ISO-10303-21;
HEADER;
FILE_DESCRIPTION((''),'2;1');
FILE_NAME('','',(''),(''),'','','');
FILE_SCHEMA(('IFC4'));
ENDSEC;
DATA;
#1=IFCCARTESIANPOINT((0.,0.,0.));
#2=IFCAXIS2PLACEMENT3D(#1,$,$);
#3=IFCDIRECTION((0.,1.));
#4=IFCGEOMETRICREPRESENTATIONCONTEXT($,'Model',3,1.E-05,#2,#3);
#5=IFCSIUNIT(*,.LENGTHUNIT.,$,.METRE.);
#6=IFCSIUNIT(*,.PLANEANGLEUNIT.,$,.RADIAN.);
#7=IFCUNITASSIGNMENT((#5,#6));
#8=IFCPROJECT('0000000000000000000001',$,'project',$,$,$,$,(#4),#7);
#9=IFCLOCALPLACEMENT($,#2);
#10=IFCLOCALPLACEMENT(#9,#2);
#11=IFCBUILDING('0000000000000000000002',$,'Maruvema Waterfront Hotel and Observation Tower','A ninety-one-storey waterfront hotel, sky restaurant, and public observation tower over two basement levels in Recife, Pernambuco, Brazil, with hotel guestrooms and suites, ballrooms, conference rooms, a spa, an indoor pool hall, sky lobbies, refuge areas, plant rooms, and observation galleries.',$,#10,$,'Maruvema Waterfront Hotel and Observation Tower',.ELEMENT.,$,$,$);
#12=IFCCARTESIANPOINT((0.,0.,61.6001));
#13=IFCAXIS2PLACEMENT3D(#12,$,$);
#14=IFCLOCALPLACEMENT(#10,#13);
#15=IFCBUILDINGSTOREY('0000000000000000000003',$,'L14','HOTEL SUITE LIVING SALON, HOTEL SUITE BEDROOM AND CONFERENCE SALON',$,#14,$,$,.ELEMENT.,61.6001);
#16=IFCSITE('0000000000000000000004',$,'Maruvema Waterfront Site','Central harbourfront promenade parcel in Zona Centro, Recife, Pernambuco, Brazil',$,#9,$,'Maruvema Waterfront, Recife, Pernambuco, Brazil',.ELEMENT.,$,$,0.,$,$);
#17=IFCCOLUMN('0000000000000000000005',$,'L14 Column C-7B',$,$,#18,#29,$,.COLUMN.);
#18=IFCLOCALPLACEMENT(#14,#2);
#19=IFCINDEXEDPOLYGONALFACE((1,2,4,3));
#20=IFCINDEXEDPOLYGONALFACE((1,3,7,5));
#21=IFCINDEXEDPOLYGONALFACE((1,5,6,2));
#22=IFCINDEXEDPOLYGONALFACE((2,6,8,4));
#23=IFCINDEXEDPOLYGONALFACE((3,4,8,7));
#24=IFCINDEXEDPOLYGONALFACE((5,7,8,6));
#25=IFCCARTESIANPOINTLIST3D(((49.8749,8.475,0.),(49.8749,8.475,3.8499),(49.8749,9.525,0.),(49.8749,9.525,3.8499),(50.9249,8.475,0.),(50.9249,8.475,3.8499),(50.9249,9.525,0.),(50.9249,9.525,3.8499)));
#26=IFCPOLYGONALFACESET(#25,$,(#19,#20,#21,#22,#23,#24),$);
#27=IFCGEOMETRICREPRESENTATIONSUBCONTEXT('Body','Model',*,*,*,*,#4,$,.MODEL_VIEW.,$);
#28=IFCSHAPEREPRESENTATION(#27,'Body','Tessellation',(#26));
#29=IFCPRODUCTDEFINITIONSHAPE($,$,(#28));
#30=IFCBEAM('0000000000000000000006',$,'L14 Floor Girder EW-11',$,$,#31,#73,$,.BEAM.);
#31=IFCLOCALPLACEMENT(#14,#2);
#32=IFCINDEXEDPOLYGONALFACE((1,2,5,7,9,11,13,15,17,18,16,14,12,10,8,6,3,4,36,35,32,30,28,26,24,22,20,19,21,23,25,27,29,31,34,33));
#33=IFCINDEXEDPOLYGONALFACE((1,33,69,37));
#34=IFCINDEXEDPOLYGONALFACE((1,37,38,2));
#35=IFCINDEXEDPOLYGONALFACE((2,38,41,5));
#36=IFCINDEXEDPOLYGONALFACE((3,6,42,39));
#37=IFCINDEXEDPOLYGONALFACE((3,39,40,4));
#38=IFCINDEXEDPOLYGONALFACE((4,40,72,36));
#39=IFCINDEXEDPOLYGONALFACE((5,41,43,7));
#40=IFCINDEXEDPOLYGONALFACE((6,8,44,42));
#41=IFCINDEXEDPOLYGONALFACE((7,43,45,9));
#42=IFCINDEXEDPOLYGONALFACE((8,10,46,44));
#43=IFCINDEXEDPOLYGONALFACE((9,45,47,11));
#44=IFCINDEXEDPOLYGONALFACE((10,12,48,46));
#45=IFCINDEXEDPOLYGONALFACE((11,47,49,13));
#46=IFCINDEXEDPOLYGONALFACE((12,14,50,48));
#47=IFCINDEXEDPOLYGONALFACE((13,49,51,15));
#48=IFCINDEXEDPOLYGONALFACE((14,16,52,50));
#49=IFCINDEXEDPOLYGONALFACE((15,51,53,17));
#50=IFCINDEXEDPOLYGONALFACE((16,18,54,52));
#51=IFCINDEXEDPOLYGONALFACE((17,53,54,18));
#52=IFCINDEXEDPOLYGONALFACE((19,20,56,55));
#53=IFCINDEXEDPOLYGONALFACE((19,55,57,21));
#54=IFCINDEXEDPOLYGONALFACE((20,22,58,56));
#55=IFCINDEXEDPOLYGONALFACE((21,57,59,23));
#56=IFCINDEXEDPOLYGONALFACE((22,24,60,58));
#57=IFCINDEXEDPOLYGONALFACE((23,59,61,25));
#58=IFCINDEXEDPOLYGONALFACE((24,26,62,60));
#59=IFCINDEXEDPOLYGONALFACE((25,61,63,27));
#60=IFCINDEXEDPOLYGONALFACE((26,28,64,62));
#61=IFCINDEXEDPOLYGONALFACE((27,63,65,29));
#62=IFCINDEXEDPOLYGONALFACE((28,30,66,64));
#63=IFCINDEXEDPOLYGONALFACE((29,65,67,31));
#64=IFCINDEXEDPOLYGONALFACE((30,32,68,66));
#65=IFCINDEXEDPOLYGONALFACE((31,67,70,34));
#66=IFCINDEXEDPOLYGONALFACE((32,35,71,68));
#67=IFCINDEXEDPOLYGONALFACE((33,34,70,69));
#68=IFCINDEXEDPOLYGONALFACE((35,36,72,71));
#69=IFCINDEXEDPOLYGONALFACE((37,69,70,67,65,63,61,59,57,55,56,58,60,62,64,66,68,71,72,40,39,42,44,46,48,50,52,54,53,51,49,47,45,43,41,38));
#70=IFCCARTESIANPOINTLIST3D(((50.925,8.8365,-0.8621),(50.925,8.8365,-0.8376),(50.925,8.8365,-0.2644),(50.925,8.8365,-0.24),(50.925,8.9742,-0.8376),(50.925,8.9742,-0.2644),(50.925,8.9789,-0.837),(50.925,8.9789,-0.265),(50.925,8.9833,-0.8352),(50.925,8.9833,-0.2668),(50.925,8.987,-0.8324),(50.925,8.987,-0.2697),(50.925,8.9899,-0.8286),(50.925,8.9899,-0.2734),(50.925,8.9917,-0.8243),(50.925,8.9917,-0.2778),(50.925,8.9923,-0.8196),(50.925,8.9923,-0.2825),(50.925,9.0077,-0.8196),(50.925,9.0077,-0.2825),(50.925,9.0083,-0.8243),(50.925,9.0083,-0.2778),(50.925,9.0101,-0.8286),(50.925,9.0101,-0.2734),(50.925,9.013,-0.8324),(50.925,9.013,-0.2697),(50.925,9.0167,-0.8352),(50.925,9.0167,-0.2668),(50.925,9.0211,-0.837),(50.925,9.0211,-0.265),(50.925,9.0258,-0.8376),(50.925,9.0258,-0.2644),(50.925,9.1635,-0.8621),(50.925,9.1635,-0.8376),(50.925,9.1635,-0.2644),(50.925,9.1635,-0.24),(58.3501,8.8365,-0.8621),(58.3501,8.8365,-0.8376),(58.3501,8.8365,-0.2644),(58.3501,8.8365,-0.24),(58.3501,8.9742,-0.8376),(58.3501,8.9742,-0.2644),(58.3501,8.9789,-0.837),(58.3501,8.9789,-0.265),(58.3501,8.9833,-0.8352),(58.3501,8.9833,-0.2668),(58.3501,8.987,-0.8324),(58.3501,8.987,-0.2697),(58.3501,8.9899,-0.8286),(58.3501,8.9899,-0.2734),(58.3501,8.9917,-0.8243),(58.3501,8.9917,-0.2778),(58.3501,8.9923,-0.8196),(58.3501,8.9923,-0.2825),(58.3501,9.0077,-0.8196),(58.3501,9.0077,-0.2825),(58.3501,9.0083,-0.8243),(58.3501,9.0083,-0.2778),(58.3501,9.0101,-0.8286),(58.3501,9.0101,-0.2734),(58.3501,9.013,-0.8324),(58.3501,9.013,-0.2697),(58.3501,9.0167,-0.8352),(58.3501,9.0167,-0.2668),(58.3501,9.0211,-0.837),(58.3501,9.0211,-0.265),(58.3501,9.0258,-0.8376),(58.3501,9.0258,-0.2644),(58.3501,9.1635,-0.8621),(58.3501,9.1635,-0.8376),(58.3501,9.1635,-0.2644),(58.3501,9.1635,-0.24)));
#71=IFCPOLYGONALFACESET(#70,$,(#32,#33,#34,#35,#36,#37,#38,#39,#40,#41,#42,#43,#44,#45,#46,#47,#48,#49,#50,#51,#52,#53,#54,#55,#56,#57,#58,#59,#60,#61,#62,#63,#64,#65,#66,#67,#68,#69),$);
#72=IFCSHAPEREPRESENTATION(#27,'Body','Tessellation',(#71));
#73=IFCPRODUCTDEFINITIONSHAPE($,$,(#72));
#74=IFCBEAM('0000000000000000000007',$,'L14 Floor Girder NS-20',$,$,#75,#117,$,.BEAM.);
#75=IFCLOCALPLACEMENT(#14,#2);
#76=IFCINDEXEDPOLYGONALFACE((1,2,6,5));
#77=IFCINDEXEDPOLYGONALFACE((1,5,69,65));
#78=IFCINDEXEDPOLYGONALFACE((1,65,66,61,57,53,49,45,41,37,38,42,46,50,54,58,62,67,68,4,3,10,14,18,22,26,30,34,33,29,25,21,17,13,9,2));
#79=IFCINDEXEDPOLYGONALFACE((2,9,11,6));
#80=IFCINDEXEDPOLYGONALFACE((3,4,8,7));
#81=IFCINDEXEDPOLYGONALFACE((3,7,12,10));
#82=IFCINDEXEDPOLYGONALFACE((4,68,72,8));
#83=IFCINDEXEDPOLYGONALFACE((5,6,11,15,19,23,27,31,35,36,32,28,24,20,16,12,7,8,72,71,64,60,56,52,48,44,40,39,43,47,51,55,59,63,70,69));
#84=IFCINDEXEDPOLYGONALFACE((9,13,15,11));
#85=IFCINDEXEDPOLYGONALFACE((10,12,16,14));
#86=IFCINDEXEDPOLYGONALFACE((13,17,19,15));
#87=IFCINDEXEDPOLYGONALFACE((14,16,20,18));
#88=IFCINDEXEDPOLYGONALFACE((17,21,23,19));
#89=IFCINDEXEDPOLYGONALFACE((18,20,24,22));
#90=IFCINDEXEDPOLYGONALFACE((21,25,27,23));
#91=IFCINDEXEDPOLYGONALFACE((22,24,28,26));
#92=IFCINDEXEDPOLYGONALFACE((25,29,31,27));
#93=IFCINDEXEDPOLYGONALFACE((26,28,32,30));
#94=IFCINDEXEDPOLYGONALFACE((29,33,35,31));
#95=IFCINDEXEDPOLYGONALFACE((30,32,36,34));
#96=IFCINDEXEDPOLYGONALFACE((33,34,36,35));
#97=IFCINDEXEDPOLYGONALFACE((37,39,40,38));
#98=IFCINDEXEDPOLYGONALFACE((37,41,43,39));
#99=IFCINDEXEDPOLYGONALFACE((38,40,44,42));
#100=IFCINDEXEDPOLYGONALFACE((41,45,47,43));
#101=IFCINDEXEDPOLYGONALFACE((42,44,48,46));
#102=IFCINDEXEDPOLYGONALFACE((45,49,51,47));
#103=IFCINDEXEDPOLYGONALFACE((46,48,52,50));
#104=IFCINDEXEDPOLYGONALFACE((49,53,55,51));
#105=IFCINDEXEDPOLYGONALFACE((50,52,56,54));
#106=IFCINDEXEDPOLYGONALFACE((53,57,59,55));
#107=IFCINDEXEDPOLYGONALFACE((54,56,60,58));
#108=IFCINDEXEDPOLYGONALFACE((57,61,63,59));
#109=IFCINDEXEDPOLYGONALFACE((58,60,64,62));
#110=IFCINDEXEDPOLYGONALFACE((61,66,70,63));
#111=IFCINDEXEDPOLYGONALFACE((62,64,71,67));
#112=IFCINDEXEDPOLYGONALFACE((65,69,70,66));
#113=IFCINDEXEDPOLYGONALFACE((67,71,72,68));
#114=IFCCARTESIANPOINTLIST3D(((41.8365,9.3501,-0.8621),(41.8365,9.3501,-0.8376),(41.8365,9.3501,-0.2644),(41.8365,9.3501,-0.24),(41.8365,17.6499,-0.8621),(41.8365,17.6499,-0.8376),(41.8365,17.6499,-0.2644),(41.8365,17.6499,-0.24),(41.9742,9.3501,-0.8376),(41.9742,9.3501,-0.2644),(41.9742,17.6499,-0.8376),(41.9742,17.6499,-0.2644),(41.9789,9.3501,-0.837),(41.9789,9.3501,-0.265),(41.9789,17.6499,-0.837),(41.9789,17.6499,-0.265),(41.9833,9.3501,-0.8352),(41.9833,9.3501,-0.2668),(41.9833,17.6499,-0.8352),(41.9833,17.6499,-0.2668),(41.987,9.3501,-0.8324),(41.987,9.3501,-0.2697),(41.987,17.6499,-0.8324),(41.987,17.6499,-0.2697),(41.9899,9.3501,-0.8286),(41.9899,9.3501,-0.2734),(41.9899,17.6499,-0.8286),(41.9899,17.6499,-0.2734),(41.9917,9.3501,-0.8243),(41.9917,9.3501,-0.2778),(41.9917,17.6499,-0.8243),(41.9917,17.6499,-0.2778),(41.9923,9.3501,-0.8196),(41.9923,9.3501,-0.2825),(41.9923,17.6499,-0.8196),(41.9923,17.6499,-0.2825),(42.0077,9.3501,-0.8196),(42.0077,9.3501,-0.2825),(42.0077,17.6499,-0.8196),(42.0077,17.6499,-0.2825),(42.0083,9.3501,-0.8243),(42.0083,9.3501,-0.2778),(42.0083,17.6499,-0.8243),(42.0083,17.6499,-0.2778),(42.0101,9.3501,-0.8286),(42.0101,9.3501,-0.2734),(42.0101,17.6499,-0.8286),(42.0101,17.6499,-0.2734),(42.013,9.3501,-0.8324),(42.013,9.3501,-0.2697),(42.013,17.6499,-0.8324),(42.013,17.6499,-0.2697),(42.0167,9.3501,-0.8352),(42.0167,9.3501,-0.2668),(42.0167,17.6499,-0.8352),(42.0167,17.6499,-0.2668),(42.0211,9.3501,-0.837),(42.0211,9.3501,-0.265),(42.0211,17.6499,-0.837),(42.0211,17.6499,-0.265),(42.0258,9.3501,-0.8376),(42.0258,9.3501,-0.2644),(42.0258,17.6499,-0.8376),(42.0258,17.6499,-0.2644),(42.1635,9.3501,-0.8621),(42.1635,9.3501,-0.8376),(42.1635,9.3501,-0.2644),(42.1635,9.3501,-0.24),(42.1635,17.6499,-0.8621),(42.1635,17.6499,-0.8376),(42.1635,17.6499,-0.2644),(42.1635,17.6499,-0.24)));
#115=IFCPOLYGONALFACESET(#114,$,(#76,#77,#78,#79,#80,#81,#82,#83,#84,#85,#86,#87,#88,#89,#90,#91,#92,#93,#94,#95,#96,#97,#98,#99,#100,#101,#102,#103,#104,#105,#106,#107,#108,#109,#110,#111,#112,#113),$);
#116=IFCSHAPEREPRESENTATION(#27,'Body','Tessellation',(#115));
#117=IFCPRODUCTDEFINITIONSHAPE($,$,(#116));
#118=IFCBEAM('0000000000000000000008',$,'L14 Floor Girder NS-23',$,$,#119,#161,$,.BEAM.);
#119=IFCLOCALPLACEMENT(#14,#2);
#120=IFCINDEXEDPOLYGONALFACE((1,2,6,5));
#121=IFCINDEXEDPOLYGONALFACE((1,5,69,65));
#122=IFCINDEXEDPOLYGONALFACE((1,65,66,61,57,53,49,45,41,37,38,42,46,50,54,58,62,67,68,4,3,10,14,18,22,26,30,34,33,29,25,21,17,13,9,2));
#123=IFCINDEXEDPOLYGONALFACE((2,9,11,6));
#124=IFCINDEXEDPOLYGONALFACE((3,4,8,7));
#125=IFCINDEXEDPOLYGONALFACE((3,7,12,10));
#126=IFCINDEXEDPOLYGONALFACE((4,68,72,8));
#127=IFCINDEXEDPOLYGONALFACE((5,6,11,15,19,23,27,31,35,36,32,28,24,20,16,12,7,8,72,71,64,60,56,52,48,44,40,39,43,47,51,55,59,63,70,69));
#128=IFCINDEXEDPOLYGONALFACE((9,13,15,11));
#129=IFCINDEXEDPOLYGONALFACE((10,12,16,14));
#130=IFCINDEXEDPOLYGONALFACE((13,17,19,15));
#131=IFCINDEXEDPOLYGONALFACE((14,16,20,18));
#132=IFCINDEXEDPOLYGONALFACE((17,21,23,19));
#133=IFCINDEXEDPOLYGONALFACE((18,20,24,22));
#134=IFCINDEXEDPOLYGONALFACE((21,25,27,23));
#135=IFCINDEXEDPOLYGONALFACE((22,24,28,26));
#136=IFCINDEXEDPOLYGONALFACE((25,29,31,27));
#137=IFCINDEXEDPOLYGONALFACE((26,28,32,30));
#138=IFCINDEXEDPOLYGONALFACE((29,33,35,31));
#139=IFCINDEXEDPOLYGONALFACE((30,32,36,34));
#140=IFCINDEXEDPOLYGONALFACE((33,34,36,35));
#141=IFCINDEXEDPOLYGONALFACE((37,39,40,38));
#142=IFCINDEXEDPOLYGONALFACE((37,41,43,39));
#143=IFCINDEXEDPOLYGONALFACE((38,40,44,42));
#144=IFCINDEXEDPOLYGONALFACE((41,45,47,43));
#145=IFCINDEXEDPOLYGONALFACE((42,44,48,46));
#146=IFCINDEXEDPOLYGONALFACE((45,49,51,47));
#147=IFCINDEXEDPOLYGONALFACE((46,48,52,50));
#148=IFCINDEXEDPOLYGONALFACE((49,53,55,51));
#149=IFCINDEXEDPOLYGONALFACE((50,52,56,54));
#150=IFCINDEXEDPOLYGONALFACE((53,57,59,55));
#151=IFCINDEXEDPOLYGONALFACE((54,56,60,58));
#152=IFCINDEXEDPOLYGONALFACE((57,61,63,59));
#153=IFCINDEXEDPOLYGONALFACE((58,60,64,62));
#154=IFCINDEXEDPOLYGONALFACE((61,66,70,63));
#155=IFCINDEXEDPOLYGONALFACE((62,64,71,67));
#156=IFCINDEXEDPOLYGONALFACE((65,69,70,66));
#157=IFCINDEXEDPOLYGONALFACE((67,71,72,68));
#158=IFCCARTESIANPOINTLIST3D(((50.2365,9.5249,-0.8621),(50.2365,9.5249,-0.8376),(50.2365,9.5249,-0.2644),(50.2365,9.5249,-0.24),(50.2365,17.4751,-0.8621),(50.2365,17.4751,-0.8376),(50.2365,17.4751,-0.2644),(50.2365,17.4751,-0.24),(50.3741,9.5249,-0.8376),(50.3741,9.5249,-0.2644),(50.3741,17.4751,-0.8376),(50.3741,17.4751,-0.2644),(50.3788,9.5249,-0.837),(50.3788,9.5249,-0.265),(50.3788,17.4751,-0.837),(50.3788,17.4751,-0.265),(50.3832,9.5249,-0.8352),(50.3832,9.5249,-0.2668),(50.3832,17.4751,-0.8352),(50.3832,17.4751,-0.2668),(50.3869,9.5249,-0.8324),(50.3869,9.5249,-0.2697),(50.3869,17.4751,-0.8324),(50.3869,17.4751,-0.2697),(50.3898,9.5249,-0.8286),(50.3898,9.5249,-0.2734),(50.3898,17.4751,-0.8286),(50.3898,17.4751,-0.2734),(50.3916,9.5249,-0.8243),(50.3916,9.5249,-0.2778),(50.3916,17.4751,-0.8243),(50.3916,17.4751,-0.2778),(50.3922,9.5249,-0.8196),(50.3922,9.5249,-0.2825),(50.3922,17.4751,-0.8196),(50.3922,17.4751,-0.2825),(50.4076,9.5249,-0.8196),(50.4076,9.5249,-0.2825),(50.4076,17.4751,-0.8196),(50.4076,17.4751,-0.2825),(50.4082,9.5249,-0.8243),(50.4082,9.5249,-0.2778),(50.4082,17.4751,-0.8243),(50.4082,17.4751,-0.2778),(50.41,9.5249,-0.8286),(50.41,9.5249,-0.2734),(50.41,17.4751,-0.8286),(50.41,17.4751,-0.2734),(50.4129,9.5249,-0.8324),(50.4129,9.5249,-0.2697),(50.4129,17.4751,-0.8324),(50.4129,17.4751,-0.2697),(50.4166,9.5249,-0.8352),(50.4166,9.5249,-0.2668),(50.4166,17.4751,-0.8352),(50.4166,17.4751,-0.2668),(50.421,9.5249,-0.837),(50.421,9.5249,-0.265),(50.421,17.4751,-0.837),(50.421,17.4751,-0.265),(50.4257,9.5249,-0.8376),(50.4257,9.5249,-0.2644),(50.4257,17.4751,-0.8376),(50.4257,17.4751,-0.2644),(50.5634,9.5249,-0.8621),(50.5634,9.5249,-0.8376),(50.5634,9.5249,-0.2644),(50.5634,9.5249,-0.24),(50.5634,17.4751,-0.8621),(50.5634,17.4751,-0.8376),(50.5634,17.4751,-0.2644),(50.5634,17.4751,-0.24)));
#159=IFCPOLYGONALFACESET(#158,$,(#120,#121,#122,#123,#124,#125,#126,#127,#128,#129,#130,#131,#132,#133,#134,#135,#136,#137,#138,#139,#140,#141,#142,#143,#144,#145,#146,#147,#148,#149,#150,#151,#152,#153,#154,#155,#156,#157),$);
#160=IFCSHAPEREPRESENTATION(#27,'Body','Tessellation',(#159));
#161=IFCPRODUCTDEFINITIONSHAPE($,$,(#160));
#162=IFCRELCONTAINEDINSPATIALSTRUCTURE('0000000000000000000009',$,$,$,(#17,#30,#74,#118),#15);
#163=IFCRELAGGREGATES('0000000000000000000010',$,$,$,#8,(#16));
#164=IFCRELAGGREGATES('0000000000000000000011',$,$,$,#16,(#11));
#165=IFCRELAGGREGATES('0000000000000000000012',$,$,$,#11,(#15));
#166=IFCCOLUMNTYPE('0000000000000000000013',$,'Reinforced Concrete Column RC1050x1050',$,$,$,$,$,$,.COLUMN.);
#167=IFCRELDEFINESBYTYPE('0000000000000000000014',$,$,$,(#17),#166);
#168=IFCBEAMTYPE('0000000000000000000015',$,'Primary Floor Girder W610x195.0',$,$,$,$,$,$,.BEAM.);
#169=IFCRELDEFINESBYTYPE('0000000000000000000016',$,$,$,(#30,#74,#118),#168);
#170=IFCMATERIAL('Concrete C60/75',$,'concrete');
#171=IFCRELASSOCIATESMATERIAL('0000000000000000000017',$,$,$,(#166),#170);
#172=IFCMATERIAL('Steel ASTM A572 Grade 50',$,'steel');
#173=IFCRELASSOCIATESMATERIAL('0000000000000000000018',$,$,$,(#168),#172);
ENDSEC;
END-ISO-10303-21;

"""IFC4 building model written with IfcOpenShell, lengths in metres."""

from ifc_helpers import new_model, si_unit, direction, frame, origin, origin_2d, place, context, subcontext, project, spatial, rectangle, i_section, extrude, material, material_profile, profile_set, type_object, element, save


model = new_model("IFC4")

# Units and contexts
model_context = context("Model", 3, precision=1e-05, world=origin(), true_north=direction((0.0, 1.0)))
body_context = subcontext(model_context, "Body", "Model", "MODEL_VIEW")
ifc_project = project(units=[si_unit("LENGTHUNIT", "METRE"), si_unit("PLANEANGLEUNIT", "RADIAN")], contexts=[model_context])

# Site, building, storey
site_placement = place(None, origin())
site = spatial("IfcSite", under=ifc_project, at=site_placement, Name="Maruvema Waterfront Site", Description="Central harbourfront promenade parcel in Zona Centro, Recife, Pernambuco, Brazil", LongName="Maruvema Waterfront, Recife, Pernambuco, Brazil", CompositionType="ELEMENT", RefElevation=0.0)
building_placement = place(site_placement, origin())
building = spatial("IfcBuilding", under=site, at=building_placement, Name="Maruvema Waterfront Hotel and Observation Tower", Description="A ninety-one-storey waterfront hotel, sky restaurant, and public observation tower over two basement levels in Recife, Pernambuco, Brazil, with hotel guestrooms and suites, ballrooms, conference rooms, a spa, an indoor pool hall, sky lobbies, refuge areas, plant rooms, and observation galleries.", LongName="Maruvema Waterfront Hotel and Observation Tower", CompositionType="ELEMENT")
storey_placement = place(building_placement, frame((0.0, 0.0, 61.6001)))
storey = spatial("IfcBuildingStorey", under=building, at=storey_placement, Name="L14", Description="HOTEL SUITE LIVING SALON, HOTEL SUITE BEDROOM AND CONFERENCE SALON", CompositionType="ELEMENT", Elevation=61.6001)

# Column
ifc_material_1 = material(Name="Concrete C60/75", Category="concrete")
ifc_material_profile_1 = material_profile(ifc_material_1, rectangle(XDim=1.05, YDim=1.05, at=origin_2d()), Name="RC1050x1050")
ifc_profile_set_1 = profile_set([ifc_material_profile_1], Name="Concrete C60/75")
column_type = type_object("IfcColumnType", Name="Reinforced Concrete Column RC1050x1050", PredefinedType="COLUMN", material=ifc_profile_set_1)
column_placement = place(storey_placement, frame((50.3999, 9.0, 0.0), z_axis=(0.0, 0.0, 1.0), x_axis=(1.0, 0.0, 0.0)))
element("IfcColumn", 1, at=column_placement, inside=storey, type_object=column_type, Name="L14 Column C-7B", PredefinedType="COLUMN", context=body_context, shape_type="SweptSolid", body=[
    extrude(rectangle(XDim=1.05, YDim=1.05, at=origin_2d()), origin(), (0.0, 0.0, 1.0), 3.8499),
])

# Beams
ifc_material_2 = material(Name="Steel ASTM A572 Grade 50", Category="steel")
ifc_material_profile_2 = material_profile(ifc_material_2, i_section(OverallWidth=0.3269, OverallDepth=0.6221, WebThickness=0.0154, FlangeThickness=0.0244, FilletRadius=0.0181, at=origin_2d()), Name="W610x195.0")
ifc_profile_set_2 = profile_set([ifc_material_profile_2], Name="Steel ASTM A572 Grade 50")
beam_type_1 = type_object("IfcBeamType", Name="Primary Floor Girder W610x195.0", PredefinedType="BEAM", material=ifc_profile_set_2)
beam_1_placement = place(storey_placement, frame((50.925, 9.0, -0.551), z_axis=(1.0, 0.0, 0.0), x_axis=(0.0, 1.0, 0.0)))
element("IfcBeam", 2, at=beam_1_placement, inside=storey, type_object=beam_type_1, Name="L14 Floor Girder EW-11", PredefinedType="BEAM", context=body_context, shape_type="SweptSolid", body=[
    extrude(i_section(OverallWidth=0.3269, OverallDepth=0.6221, WebThickness=0.0154, FlangeThickness=0.0244, FilletRadius=0.0181, at=origin_2d()), origin(), (0.0, 0.0, 1.0), 7.425),
])
beam_2_placement = place(storey_placement, frame((42.0, 9.3501, -0.551), z_axis=(0.0, 1.0, 0.0), x_axis=(-1.0, 0.0, 0.0)))
element("IfcBeam", 3, at=beam_2_placement, inside=storey, type_object=beam_type_1, Name="L14 Floor Girder NS-20", PredefinedType="BEAM", context=body_context, shape_type="SweptSolid", body=[
    extrude(i_section(OverallWidth=0.3269, OverallDepth=0.6221, WebThickness=0.0154, FlangeThickness=0.0244, FilletRadius=0.0181, at=origin_2d()), origin(), (0.0, 0.0, 1.0), 8.2998),
])
beam_3_placement = place(storey_placement, frame((50.3999, 9.5249, -0.551), z_axis=(0.0, 1.0, 0.0), x_axis=(-1.0, 0.0, 0.0)))
element("IfcBeam", 4, at=beam_3_placement, inside=storey, type_object=beam_type_1, Name="L14 Floor Girder NS-23", PredefinedType="BEAM", context=body_context, shape_type="SweptSolid", body=[
    extrude(i_section(OverallWidth=0.3269, OverallDepth=0.6221, WebThickness=0.0154, FlangeThickness=0.0244, FilletRadius=0.0181, at=origin_2d()), origin(), (0.0, 0.0, 1.0), 7.9502),
])

save(model, "model.ifc")
